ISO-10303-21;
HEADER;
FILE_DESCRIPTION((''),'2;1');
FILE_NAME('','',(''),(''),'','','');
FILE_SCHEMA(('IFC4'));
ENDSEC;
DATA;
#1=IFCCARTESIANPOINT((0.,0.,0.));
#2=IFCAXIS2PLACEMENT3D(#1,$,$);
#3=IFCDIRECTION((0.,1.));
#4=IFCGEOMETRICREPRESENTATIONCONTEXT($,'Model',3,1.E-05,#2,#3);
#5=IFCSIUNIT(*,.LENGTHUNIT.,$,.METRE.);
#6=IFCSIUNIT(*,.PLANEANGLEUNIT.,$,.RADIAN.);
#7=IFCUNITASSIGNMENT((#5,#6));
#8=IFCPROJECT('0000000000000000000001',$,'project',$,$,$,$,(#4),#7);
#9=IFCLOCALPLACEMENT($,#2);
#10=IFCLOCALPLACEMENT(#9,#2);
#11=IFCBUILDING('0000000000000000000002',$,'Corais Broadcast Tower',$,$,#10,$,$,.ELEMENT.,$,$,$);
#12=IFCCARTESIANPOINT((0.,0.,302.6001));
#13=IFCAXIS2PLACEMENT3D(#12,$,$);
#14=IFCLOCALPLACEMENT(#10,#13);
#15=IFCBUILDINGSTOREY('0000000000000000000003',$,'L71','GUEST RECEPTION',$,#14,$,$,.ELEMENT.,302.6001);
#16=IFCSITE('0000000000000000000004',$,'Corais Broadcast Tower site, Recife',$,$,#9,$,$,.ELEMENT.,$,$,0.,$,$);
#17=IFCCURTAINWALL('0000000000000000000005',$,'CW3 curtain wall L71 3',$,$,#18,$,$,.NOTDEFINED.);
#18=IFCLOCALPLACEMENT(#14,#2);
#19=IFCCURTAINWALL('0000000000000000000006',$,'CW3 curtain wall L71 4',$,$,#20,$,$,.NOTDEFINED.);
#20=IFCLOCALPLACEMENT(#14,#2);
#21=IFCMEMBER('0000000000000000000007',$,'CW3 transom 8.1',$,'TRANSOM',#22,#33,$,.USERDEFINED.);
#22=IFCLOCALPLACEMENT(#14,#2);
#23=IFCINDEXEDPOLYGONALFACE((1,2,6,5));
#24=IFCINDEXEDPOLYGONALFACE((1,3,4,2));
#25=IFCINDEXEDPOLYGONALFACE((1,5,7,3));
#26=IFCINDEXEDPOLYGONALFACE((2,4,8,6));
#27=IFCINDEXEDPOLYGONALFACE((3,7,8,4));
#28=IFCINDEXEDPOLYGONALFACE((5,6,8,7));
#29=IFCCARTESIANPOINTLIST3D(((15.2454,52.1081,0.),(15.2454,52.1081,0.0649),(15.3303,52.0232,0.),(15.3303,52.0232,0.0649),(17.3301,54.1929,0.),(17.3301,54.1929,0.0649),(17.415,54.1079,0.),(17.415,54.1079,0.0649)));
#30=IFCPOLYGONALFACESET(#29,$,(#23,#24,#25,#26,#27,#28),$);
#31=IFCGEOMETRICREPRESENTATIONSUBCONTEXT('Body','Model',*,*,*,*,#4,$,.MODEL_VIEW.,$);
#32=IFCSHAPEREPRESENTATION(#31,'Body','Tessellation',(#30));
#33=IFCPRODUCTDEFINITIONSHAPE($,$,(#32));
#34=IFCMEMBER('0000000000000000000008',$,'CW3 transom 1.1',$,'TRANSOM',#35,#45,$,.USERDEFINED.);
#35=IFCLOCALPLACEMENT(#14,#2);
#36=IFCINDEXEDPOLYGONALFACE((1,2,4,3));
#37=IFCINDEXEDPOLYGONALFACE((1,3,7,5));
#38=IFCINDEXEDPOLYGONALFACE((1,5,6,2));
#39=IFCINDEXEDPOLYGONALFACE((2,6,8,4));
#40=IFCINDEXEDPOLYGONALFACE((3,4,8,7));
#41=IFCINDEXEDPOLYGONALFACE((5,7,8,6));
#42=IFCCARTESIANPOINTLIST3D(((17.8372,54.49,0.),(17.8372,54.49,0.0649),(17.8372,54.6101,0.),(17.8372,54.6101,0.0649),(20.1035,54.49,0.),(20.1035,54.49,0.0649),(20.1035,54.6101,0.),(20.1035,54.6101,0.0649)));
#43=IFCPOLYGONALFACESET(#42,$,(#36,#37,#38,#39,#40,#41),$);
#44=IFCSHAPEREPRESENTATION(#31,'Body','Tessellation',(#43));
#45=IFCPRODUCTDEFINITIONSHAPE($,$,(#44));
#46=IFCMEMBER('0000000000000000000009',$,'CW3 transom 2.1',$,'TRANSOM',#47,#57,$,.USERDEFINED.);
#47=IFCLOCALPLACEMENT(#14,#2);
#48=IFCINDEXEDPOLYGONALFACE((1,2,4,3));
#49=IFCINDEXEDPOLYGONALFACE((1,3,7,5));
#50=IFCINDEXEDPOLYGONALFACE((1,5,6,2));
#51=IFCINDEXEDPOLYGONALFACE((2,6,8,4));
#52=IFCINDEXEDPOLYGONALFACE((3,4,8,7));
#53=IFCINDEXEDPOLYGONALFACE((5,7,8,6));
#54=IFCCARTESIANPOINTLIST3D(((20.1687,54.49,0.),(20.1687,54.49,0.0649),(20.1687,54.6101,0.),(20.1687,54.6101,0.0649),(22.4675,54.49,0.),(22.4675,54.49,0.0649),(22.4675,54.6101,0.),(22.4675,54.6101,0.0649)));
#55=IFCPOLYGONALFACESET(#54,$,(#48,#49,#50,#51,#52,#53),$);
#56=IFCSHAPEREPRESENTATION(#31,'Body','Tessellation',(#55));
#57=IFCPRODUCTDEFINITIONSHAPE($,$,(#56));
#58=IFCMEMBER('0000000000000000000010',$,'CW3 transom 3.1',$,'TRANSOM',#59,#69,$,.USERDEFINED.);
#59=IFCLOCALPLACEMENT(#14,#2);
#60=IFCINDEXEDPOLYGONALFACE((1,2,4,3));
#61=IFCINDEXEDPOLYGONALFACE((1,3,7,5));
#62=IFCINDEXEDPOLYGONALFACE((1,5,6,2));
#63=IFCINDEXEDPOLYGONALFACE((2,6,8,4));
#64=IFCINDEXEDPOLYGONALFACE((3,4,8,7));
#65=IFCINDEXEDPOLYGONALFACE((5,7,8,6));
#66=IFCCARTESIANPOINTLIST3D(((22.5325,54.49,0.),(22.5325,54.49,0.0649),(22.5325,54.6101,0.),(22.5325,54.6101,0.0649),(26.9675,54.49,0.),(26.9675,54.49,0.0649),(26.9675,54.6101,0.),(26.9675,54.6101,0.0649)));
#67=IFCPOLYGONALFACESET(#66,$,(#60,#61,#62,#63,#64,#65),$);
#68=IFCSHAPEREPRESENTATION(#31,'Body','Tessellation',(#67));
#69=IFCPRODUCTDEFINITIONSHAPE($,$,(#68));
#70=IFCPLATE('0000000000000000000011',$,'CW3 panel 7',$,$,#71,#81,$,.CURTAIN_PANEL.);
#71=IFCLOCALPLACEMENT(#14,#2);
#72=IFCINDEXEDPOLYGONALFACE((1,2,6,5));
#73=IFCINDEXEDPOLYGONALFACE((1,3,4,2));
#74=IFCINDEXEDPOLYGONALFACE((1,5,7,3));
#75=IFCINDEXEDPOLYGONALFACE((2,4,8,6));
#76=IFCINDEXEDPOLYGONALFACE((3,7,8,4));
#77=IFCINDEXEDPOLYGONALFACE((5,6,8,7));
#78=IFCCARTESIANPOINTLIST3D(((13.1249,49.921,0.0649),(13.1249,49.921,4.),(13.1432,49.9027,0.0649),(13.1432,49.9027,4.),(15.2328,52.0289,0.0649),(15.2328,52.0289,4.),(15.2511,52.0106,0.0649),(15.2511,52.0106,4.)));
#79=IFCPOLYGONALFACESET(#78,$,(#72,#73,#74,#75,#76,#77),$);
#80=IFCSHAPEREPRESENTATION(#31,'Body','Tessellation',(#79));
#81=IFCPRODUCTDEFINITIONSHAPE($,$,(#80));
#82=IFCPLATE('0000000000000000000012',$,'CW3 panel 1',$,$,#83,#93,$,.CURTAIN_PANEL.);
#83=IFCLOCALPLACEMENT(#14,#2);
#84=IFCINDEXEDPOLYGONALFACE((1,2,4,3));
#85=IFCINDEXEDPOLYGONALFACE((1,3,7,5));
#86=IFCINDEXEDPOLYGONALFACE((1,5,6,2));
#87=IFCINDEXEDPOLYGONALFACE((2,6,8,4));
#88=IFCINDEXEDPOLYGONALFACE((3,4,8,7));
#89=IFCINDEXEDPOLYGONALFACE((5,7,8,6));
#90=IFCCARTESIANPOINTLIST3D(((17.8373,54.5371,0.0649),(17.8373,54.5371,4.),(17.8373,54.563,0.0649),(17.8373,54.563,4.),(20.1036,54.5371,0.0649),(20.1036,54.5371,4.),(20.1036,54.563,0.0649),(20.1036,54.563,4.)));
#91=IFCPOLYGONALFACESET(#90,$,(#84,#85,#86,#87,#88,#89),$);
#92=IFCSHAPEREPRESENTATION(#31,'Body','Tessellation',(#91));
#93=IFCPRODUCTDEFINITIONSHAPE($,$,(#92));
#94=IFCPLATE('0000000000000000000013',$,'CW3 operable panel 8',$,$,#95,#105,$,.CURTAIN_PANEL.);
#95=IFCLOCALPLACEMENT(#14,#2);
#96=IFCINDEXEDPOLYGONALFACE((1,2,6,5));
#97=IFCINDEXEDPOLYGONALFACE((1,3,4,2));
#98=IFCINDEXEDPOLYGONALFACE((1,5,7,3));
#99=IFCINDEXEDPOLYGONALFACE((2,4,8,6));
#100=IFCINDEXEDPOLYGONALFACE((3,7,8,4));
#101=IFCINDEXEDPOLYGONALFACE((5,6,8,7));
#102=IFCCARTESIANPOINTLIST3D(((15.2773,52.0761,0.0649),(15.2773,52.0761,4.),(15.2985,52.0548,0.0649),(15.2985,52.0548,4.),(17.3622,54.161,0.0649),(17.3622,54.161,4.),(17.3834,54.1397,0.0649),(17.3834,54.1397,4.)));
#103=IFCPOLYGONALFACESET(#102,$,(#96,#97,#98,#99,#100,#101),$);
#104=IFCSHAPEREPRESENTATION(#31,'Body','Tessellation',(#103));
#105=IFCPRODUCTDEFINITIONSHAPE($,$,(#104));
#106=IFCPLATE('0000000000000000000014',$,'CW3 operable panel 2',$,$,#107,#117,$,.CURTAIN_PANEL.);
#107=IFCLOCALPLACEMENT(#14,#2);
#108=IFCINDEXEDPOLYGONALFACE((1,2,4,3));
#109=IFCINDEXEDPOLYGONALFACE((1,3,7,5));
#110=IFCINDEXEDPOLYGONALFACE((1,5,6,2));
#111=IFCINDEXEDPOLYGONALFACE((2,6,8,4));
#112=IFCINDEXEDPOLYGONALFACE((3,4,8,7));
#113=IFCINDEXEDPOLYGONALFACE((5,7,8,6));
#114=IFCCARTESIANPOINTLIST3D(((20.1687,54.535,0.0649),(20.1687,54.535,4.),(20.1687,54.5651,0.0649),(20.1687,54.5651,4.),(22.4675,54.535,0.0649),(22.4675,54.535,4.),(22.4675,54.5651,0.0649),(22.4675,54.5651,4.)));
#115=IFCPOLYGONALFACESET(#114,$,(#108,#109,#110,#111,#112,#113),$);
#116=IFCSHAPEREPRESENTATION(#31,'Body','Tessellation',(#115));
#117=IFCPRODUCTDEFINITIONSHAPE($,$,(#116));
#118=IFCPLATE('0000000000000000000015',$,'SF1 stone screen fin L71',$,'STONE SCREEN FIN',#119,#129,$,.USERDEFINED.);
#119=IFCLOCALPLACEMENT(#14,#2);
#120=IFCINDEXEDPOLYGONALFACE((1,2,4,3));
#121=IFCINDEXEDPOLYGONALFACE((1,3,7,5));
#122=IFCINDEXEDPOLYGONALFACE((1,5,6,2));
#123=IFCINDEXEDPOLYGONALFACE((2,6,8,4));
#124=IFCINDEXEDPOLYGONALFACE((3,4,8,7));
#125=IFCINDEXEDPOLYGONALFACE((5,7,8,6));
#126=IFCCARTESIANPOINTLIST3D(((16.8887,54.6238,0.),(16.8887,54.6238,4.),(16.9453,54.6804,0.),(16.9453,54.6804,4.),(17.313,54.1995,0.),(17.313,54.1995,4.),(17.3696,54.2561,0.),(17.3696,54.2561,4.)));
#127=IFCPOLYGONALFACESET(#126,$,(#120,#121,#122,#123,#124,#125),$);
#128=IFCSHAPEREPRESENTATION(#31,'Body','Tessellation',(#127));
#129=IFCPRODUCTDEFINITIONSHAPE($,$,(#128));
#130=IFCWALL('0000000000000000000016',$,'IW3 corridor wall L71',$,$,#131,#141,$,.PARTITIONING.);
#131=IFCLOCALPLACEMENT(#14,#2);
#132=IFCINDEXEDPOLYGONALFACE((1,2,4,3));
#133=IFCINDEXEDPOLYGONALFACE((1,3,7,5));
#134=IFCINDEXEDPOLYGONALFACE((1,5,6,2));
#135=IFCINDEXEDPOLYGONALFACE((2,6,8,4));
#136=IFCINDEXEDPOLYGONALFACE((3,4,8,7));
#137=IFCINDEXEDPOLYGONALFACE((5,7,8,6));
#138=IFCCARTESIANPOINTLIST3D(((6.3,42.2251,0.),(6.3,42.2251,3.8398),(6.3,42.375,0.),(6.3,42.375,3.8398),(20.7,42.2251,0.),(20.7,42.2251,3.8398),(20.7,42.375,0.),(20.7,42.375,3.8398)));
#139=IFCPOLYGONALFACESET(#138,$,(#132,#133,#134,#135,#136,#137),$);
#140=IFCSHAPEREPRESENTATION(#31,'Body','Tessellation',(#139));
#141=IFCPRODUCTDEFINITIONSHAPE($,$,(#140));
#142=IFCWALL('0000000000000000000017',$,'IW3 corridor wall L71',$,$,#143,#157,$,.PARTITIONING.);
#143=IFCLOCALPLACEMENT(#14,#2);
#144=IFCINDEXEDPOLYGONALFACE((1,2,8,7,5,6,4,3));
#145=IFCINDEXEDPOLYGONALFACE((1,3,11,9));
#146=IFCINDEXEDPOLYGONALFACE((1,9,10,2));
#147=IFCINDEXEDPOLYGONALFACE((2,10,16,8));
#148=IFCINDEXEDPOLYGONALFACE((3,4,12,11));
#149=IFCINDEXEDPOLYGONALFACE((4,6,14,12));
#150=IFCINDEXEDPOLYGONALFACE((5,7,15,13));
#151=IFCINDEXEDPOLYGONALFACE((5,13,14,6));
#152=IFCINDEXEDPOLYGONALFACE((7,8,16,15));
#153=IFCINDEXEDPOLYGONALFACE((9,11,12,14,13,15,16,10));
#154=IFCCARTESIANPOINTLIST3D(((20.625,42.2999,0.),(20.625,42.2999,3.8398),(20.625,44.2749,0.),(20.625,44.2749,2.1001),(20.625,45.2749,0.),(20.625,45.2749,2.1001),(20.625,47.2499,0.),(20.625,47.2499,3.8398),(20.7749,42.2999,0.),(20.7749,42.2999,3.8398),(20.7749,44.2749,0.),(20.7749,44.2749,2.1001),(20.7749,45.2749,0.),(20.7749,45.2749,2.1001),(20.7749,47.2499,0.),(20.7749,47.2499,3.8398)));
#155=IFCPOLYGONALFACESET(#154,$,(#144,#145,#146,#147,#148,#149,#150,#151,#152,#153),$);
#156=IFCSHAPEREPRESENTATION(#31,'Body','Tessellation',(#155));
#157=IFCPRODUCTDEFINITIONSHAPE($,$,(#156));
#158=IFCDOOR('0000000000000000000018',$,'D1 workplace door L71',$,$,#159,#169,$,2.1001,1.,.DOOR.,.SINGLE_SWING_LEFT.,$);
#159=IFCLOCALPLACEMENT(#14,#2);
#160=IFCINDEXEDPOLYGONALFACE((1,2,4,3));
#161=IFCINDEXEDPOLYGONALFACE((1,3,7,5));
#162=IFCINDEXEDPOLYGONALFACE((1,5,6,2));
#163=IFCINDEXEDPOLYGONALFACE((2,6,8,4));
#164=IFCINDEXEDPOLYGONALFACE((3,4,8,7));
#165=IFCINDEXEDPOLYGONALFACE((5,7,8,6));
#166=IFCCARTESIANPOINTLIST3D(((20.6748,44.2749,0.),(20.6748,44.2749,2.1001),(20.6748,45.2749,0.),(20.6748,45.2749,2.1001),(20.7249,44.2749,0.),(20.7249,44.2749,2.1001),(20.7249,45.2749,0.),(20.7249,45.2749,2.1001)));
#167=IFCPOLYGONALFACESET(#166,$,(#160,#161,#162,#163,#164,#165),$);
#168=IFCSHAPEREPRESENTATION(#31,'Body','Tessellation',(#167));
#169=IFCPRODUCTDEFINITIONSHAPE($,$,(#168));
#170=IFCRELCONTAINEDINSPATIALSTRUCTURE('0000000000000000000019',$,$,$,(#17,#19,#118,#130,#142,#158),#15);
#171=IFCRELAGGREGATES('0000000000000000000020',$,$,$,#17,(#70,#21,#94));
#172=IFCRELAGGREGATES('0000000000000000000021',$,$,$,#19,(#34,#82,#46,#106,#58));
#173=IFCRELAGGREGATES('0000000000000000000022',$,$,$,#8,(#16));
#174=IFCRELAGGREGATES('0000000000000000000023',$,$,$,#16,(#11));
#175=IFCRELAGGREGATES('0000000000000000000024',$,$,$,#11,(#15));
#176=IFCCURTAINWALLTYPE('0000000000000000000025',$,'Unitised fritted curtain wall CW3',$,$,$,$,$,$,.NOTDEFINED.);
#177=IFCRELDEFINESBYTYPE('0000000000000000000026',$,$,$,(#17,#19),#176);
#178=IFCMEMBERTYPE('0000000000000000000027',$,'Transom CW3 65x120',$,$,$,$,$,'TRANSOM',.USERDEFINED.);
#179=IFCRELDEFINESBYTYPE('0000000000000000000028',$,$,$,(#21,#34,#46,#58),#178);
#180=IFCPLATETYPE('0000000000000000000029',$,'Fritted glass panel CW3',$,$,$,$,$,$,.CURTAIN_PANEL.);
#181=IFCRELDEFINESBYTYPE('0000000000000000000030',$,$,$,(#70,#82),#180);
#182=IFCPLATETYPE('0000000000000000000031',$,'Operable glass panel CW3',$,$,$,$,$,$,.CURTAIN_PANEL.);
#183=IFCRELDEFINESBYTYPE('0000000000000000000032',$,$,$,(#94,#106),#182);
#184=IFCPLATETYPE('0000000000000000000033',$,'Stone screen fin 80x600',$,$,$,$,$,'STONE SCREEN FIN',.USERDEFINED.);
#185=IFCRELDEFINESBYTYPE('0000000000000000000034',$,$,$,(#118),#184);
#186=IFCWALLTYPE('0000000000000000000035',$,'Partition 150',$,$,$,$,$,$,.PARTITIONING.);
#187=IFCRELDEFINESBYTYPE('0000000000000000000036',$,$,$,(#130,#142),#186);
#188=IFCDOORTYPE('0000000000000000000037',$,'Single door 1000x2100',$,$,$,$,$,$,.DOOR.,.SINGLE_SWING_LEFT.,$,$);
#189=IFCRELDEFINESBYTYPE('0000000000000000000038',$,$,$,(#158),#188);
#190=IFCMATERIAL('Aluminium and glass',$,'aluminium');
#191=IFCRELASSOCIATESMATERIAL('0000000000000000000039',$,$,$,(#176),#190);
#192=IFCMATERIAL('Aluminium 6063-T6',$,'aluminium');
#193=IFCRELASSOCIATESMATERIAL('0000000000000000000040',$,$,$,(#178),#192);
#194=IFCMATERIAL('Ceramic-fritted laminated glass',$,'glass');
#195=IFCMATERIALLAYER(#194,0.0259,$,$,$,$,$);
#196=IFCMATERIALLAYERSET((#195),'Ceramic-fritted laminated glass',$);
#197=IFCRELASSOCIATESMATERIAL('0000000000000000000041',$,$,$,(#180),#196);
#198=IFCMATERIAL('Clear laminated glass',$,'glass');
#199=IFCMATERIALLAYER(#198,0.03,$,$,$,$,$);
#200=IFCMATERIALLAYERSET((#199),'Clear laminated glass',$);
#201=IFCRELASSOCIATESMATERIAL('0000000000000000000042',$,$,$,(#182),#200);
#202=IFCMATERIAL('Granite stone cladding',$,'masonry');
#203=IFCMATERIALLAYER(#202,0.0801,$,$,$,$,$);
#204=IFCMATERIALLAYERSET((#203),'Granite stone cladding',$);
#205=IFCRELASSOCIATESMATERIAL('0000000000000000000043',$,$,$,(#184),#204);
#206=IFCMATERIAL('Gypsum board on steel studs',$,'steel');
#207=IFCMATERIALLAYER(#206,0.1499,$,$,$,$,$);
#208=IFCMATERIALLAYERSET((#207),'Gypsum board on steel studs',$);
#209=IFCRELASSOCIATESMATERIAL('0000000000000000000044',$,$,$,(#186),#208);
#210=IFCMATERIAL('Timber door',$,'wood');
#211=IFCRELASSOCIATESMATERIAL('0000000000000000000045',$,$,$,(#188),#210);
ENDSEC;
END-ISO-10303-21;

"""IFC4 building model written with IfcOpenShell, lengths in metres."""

from ifc_helpers import new_model, si_unit, direction, frame, frame_2d, origin, origin_2d, place, context, subcontext, project, spatial, rectangle, extrude, material, layer, layer_set, material_profile, profile_set, type_object, element, fill, aggregate, save


model = new_model("IFC4")

# Units and contexts
model_context = context("Model", 3, precision=1e-05, world=origin(), true_north=direction((0.0, 1.0)))
body_context = subcontext(model_context, "Body", "Model", "MODEL_VIEW")
ifc_project = project(units=[si_unit("LENGTHUNIT", "METRE"), si_unit("PLANEANGLEUNIT", "RADIAN")], contexts=[model_context])

# Site, building, storey
site_placement = place(None, origin())
site = spatial("IfcSite", under=ifc_project, at=site_placement, Name="Corais Broadcast Tower site, Recife", CompositionType="ELEMENT", RefElevation=0.0)
building_placement = place(site_placement, origin())
building = spatial("IfcBuilding", under=site, at=building_placement, Name="Corais Broadcast Tower", CompositionType="ELEMENT")
storey_placement = place(building_placement, frame((0.0, 0.0, 302.6001)))
storey = spatial("IfcBuildingStorey", under=building, at=storey_placement, Name="L71", Description="GUEST RECEPTION", CompositionType="ELEMENT", Elevation=302.6001)

# Curtain walls
ifc_material_1 = material(Name="Aluminium and glass", Category="aluminium")
curtain_wall_type = type_object("IfcCurtainWallType", Name="Unitised fritted curtain wall CW3", PredefinedType="NOTDEFINED", material=ifc_material_1)
curtain_wall_1_placement = place(storey_placement, origin())
curtain_wall_1 = element("IfcCurtainWall", 1, at=curtain_wall_1_placement, inside=storey, type_object=curtain_wall_type, Name="CW3 curtain wall L71 3", PredefinedType="NOTDEFINED")
curtain_wall_2_placement = place(storey_placement, origin())
curtain_wall_2 = element("IfcCurtainWall", 2, at=curtain_wall_2_placement, inside=storey, type_object=curtain_wall_type, Name="CW3 curtain wall L71 4", PredefinedType="NOTDEFINED")

# Members
ifc_material_2 = material(Name="Aluminium 6063-T6", Category="aluminium")
ifc_material_profile_1 = material_profile(ifc_material_2, rectangle(XDim=0.1201, YDim=0.0649, at=origin_2d()), Name="Transom CW3 65x120")
ifc_profile_set_1 = profile_set([ifc_material_profile_1], Name="Aluminium 6063-T6")
member_type_1 = type_object("IfcMemberType", Name="Transom CW3 65x120", ElementType="TRANSOM", PredefinedType="USERDEFINED", material=ifc_profile_set_1)
member_1_placement = place(storey_placement, frame((15.2878, 52.0657, 0.0325), z_axis=(0.707107, 0.707107, 0.0), x_axis=(-0.707107, 0.707107, 0.0)))
member_1 = element("IfcMember", 3, at=member_1_placement, type_object=member_type_1, Name="CW3 transom 8.1", ObjectType="TRANSOM", PredefinedType="USERDEFINED", context=body_context, shape_type="SweptSolid", body=[
    extrude(rectangle(XDim=0.1201, YDim=0.0649, at=origin_2d()), origin(), (0.0, 0.0, 1.0), 2.9482),
])
member_2_placement = place(storey_placement, frame((17.8372, 54.55, 0.0325), z_axis=(1.0, 0.0, 0.0), x_axis=(0.0, 1.0, 0.0)))
member_2 = element("IfcMember", 4, at=member_2_placement, type_object=member_type_1, Name="CW3 transom 1.1", ObjectType="TRANSOM", PredefinedType="USERDEFINED", context=body_context, shape_type="SweptSolid", body=[
    extrude(rectangle(XDim=0.1201, YDim=0.0649, at=origin_2d()), origin(), (0.0, 0.0, 1.0), 2.2664),
])
member_3_placement = place(storey_placement, frame((20.1687, 54.55, 0.0325), z_axis=(1.0, 0.0, 0.0), x_axis=(0.0, 1.0, 0.0)))
member_3 = element("IfcMember", 5, at=member_3_placement, type_object=member_type_1, Name="CW3 transom 2.1", ObjectType="TRANSOM", PredefinedType="USERDEFINED", context=body_context, shape_type="SweptSolid", body=[
    extrude(rectangle(XDim=0.1201, YDim=0.0649, at=origin_2d()), origin(), (0.0, 0.0, 1.0), 2.2988),
])
member_4_placement = place(storey_placement, frame((22.5325, 54.55, 0.0325), z_axis=(1.0, 0.0, 0.0), x_axis=(0.0, 1.0, 0.0)))
member_4 = element("IfcMember", 6, at=member_4_placement, type_object=member_type_1, Name="CW3 transom 3.1", ObjectType="TRANSOM", PredefinedType="USERDEFINED", context=body_context, shape_type="SweptSolid", body=[
    extrude(rectangle(XDim=0.1201, YDim=0.0649, at=origin_2d()), origin(), (0.0, 0.0, 1.0), 4.4351),
])

# Plates
ifc_material_3 = material(Name="Ceramic-fritted laminated glass", Category="glass")
ifc_layer_1 = layer(ifc_material_3, 0.0259)
ifc_layer_set_1 = layer_set([ifc_layer_1], Name="Ceramic-fritted laminated glass")
plate_type_1 = type_object("IfcPlateType", Name="Fritted glass panel CW3", PredefinedType="CURTAIN_PANEL", material=ifc_layer_set_1)
plate_1_placement = place(storey_placement, frame((14.188, 50.9658, 0.0649), z_axis=(0.0, 0.0, 1.0), x_axis=(0.707107, 0.707107, 0.0)))
plate_1 = element("IfcPlate", 7, at=plate_1_placement, type_object=plate_type_1, Name="CW3 panel 7", PredefinedType="CURTAIN_PANEL", context=body_context, shape_type="SweptSolid", body=[
    extrude(rectangle(XDim=2.981, YDim=0.0259, at=origin_2d()), origin(), (0.0, 0.0, 1.0), 3.9351),
])
plate_2_placement = place(storey_placement, frame((18.9705, 54.55, 0.0649), z_axis=(0.0, 0.0, 1.0), x_axis=(1.0, 0.0, 0.0)))
plate_2 = element("IfcPlate", 8, at=plate_2_placement, type_object=plate_type_1, Name="CW3 panel 1", PredefinedType="CURTAIN_PANEL", context=body_context, shape_type="SweptSolid", body=[
    extrude(rectangle(XDim=2.2664, YDim=0.0259, at=origin_2d()), origin(), (0.0, 0.0, 1.0), 3.9351),
])
ifc_material_4 = material(Name="Clear laminated glass", Category="glass")
ifc_layer_2 = layer(ifc_material_4, 0.03)
ifc_layer_set_2 = layer_set([ifc_layer_2], Name="Clear laminated glass")
plate_type_2 = type_object("IfcPlateType", Name="Operable glass panel CW3", PredefinedType="CURTAIN_PANEL", material=ifc_layer_set_2)
plate_3_placement = place(storey_placement, frame((16.3303, 53.1079, 0.0649), z_axis=(0.0, 0.0, 1.0), x_axis=(0.707107, 0.707107, 0.0)))
plate_3 = element("IfcPlate", 9, at=plate_3_placement, type_object=plate_type_2, Name="CW3 operable panel 8", PredefinedType="CURTAIN_PANEL", context=body_context, shape_type="SweptSolid", body=[
    extrude(rectangle(XDim=2.9485, YDim=0.03, at=origin_2d()), origin(), (0.0, 0.0, 1.0), 3.9351),
])
aggregate(curtain_wall_1, [plate_1, member_1, plate_3])
plate_4_placement = place(storey_placement, frame((21.3181, 54.55, 0.0649), z_axis=(0.0, 0.0, 1.0), x_axis=(1.0, 0.0, 0.0)))
plate_4 = element("IfcPlate", 10, at=plate_4_placement, type_object=plate_type_2, Name="CW3 operable panel 2", PredefinedType="CURTAIN_PANEL", context=body_context, shape_type="SweptSolid", body=[
    extrude(rectangle(XDim=2.2988, YDim=0.03, at=origin_2d()), origin(), (0.0, 0.0, 1.0), 3.9351),
])
aggregate(curtain_wall_2, [member_2, plate_2, member_3, plate_4, member_4])
ifc_material_5 = material(Name="Granite stone cladding", Category="masonry")
ifc_layer_3 = layer(ifc_material_5, 0.0801)
ifc_layer_set_3 = layer_set([ifc_layer_3], Name="Granite stone cladding")
plate_type_3 = type_object("IfcPlateType", Name="Stone screen fin 80x600", ElementType="STONE SCREEN FIN", PredefinedType="USERDEFINED", material=ifc_layer_set_3)
plate_5_placement = place(storey_placement, frame((17.1292, 54.4399, 0.0), z_axis=(0.0, 0.0, 1.0), x_axis=(0.707107, 0.707107, 0.0)))
element("IfcPlate", 11, at=plate_5_placement, inside=storey, type_object=plate_type_3, Name="SF1 stone screen fin L71", ObjectType="STONE SCREEN FIN", PredefinedType="USERDEFINED", context=body_context, shape_type="SweptSolid", body=[
    extrude(rectangle(XDim=0.0801, YDim=0.6001, at=origin_2d()), origin(), (0.0, 0.0, 1.0), 4.0),
])

# Wall
ifc_material_6 = material(Name="Gypsum board on steel studs", Category="steel")
ifc_layer_4 = layer(ifc_material_6, 0.1499)
ifc_layer_set_4 = layer_set([ifc_layer_4], Name="Gypsum board on steel studs")
wall_type = type_object("IfcWallType", Name="Partition 150", PredefinedType="PARTITIONING", material=ifc_layer_set_4)
wall_1_placement = place(storey_placement, frame((20.7, 42.3, 0.0), z_axis=(0.0, 0.0, 1.0), x_axis=(-1.0, 0.0, 0.0)))
element("IfcWall", 12, at=wall_1_placement, inside=storey, type_object=wall_type, Name="IW3 corridor wall L71", PredefinedType="PARTITIONING", context=body_context, shape_type="SweptSolid", body=[
    extrude(rectangle(XDim=14.3999, YDim=0.1499, at=frame_2d((7.2, 0.0))), origin(), (0.0, 0.0, 1.0), 3.8398),
])

# Wall, opening, door
wall_2_placement = place(storey_placement, frame((20.7, 47.25, 0.0), z_axis=(0.0, 0.0, 1.0), x_axis=(0.0, -1.0, 0.0)))
wall_2 = element("IfcWall", 13, at=wall_2_placement, inside=storey, type_object=wall_type, Name="IW3 corridor wall L71", PredefinedType="PARTITIONING", context=body_context, shape_type="SweptSolid", body=[
    extrude(rectangle(XDim=4.95, YDim=0.1499, at=frame_2d((2.4751, 0.0))), origin(), (0.0, 0.0, 1.0), 3.8398),
])
opening_1_placement = place(wall_2_placement, frame((1.9751, 0.0, 0.0)))
opening_1 = element("IfcOpeningElement", 14, at=opening_1_placement, cuts=wall_2, PredefinedType="OPENING", context=body_context, shape_type="SweptSolid", body=[
    extrude(rectangle(XDim=1.0, YDim=2.1001, at=frame_2d((0.5, 1.05))), frame((0.0, 0.085, 0.0), z_axis=(0.0, -1.0, 0.0), x_axis=(1.0, 0.0, 0.0)), (0.0, 0.0, 1.0), 0.1699),
])
ifc_material_7 = material(Name="Timber door", Category="wood")
door_type = type_object("IfcDoorType", Name="Single door 1000x2100", OperationType="SINGLE_SWING_LEFT", PredefinedType="DOOR", material=ifc_material_7)
door_1_placement = place(opening_1_placement, origin())
door_1 = element("IfcDoor", 15, at=door_1_placement, inside=storey, type_object=door_type, Name="D1 workplace door L71", OperationType="SINGLE_SWING_LEFT", OverallHeight=2.1001, OverallWidth=1.0, PredefinedType="DOOR", context=body_context, shape_type="SweptSolid", body=[
    extrude(rectangle(XDim=1.0, YDim=2.1001, at=frame_2d((0.5, 1.05))), frame((0.0, 0.0249, 0.0), z_axis=(0.0, -1.0, 0.0), x_axis=(1.0, 0.0, 0.0)), (0.0, 0.0, 1.0), 0.05),
])
fill(opening_1, door_1)

save(model, "model.ifc")
